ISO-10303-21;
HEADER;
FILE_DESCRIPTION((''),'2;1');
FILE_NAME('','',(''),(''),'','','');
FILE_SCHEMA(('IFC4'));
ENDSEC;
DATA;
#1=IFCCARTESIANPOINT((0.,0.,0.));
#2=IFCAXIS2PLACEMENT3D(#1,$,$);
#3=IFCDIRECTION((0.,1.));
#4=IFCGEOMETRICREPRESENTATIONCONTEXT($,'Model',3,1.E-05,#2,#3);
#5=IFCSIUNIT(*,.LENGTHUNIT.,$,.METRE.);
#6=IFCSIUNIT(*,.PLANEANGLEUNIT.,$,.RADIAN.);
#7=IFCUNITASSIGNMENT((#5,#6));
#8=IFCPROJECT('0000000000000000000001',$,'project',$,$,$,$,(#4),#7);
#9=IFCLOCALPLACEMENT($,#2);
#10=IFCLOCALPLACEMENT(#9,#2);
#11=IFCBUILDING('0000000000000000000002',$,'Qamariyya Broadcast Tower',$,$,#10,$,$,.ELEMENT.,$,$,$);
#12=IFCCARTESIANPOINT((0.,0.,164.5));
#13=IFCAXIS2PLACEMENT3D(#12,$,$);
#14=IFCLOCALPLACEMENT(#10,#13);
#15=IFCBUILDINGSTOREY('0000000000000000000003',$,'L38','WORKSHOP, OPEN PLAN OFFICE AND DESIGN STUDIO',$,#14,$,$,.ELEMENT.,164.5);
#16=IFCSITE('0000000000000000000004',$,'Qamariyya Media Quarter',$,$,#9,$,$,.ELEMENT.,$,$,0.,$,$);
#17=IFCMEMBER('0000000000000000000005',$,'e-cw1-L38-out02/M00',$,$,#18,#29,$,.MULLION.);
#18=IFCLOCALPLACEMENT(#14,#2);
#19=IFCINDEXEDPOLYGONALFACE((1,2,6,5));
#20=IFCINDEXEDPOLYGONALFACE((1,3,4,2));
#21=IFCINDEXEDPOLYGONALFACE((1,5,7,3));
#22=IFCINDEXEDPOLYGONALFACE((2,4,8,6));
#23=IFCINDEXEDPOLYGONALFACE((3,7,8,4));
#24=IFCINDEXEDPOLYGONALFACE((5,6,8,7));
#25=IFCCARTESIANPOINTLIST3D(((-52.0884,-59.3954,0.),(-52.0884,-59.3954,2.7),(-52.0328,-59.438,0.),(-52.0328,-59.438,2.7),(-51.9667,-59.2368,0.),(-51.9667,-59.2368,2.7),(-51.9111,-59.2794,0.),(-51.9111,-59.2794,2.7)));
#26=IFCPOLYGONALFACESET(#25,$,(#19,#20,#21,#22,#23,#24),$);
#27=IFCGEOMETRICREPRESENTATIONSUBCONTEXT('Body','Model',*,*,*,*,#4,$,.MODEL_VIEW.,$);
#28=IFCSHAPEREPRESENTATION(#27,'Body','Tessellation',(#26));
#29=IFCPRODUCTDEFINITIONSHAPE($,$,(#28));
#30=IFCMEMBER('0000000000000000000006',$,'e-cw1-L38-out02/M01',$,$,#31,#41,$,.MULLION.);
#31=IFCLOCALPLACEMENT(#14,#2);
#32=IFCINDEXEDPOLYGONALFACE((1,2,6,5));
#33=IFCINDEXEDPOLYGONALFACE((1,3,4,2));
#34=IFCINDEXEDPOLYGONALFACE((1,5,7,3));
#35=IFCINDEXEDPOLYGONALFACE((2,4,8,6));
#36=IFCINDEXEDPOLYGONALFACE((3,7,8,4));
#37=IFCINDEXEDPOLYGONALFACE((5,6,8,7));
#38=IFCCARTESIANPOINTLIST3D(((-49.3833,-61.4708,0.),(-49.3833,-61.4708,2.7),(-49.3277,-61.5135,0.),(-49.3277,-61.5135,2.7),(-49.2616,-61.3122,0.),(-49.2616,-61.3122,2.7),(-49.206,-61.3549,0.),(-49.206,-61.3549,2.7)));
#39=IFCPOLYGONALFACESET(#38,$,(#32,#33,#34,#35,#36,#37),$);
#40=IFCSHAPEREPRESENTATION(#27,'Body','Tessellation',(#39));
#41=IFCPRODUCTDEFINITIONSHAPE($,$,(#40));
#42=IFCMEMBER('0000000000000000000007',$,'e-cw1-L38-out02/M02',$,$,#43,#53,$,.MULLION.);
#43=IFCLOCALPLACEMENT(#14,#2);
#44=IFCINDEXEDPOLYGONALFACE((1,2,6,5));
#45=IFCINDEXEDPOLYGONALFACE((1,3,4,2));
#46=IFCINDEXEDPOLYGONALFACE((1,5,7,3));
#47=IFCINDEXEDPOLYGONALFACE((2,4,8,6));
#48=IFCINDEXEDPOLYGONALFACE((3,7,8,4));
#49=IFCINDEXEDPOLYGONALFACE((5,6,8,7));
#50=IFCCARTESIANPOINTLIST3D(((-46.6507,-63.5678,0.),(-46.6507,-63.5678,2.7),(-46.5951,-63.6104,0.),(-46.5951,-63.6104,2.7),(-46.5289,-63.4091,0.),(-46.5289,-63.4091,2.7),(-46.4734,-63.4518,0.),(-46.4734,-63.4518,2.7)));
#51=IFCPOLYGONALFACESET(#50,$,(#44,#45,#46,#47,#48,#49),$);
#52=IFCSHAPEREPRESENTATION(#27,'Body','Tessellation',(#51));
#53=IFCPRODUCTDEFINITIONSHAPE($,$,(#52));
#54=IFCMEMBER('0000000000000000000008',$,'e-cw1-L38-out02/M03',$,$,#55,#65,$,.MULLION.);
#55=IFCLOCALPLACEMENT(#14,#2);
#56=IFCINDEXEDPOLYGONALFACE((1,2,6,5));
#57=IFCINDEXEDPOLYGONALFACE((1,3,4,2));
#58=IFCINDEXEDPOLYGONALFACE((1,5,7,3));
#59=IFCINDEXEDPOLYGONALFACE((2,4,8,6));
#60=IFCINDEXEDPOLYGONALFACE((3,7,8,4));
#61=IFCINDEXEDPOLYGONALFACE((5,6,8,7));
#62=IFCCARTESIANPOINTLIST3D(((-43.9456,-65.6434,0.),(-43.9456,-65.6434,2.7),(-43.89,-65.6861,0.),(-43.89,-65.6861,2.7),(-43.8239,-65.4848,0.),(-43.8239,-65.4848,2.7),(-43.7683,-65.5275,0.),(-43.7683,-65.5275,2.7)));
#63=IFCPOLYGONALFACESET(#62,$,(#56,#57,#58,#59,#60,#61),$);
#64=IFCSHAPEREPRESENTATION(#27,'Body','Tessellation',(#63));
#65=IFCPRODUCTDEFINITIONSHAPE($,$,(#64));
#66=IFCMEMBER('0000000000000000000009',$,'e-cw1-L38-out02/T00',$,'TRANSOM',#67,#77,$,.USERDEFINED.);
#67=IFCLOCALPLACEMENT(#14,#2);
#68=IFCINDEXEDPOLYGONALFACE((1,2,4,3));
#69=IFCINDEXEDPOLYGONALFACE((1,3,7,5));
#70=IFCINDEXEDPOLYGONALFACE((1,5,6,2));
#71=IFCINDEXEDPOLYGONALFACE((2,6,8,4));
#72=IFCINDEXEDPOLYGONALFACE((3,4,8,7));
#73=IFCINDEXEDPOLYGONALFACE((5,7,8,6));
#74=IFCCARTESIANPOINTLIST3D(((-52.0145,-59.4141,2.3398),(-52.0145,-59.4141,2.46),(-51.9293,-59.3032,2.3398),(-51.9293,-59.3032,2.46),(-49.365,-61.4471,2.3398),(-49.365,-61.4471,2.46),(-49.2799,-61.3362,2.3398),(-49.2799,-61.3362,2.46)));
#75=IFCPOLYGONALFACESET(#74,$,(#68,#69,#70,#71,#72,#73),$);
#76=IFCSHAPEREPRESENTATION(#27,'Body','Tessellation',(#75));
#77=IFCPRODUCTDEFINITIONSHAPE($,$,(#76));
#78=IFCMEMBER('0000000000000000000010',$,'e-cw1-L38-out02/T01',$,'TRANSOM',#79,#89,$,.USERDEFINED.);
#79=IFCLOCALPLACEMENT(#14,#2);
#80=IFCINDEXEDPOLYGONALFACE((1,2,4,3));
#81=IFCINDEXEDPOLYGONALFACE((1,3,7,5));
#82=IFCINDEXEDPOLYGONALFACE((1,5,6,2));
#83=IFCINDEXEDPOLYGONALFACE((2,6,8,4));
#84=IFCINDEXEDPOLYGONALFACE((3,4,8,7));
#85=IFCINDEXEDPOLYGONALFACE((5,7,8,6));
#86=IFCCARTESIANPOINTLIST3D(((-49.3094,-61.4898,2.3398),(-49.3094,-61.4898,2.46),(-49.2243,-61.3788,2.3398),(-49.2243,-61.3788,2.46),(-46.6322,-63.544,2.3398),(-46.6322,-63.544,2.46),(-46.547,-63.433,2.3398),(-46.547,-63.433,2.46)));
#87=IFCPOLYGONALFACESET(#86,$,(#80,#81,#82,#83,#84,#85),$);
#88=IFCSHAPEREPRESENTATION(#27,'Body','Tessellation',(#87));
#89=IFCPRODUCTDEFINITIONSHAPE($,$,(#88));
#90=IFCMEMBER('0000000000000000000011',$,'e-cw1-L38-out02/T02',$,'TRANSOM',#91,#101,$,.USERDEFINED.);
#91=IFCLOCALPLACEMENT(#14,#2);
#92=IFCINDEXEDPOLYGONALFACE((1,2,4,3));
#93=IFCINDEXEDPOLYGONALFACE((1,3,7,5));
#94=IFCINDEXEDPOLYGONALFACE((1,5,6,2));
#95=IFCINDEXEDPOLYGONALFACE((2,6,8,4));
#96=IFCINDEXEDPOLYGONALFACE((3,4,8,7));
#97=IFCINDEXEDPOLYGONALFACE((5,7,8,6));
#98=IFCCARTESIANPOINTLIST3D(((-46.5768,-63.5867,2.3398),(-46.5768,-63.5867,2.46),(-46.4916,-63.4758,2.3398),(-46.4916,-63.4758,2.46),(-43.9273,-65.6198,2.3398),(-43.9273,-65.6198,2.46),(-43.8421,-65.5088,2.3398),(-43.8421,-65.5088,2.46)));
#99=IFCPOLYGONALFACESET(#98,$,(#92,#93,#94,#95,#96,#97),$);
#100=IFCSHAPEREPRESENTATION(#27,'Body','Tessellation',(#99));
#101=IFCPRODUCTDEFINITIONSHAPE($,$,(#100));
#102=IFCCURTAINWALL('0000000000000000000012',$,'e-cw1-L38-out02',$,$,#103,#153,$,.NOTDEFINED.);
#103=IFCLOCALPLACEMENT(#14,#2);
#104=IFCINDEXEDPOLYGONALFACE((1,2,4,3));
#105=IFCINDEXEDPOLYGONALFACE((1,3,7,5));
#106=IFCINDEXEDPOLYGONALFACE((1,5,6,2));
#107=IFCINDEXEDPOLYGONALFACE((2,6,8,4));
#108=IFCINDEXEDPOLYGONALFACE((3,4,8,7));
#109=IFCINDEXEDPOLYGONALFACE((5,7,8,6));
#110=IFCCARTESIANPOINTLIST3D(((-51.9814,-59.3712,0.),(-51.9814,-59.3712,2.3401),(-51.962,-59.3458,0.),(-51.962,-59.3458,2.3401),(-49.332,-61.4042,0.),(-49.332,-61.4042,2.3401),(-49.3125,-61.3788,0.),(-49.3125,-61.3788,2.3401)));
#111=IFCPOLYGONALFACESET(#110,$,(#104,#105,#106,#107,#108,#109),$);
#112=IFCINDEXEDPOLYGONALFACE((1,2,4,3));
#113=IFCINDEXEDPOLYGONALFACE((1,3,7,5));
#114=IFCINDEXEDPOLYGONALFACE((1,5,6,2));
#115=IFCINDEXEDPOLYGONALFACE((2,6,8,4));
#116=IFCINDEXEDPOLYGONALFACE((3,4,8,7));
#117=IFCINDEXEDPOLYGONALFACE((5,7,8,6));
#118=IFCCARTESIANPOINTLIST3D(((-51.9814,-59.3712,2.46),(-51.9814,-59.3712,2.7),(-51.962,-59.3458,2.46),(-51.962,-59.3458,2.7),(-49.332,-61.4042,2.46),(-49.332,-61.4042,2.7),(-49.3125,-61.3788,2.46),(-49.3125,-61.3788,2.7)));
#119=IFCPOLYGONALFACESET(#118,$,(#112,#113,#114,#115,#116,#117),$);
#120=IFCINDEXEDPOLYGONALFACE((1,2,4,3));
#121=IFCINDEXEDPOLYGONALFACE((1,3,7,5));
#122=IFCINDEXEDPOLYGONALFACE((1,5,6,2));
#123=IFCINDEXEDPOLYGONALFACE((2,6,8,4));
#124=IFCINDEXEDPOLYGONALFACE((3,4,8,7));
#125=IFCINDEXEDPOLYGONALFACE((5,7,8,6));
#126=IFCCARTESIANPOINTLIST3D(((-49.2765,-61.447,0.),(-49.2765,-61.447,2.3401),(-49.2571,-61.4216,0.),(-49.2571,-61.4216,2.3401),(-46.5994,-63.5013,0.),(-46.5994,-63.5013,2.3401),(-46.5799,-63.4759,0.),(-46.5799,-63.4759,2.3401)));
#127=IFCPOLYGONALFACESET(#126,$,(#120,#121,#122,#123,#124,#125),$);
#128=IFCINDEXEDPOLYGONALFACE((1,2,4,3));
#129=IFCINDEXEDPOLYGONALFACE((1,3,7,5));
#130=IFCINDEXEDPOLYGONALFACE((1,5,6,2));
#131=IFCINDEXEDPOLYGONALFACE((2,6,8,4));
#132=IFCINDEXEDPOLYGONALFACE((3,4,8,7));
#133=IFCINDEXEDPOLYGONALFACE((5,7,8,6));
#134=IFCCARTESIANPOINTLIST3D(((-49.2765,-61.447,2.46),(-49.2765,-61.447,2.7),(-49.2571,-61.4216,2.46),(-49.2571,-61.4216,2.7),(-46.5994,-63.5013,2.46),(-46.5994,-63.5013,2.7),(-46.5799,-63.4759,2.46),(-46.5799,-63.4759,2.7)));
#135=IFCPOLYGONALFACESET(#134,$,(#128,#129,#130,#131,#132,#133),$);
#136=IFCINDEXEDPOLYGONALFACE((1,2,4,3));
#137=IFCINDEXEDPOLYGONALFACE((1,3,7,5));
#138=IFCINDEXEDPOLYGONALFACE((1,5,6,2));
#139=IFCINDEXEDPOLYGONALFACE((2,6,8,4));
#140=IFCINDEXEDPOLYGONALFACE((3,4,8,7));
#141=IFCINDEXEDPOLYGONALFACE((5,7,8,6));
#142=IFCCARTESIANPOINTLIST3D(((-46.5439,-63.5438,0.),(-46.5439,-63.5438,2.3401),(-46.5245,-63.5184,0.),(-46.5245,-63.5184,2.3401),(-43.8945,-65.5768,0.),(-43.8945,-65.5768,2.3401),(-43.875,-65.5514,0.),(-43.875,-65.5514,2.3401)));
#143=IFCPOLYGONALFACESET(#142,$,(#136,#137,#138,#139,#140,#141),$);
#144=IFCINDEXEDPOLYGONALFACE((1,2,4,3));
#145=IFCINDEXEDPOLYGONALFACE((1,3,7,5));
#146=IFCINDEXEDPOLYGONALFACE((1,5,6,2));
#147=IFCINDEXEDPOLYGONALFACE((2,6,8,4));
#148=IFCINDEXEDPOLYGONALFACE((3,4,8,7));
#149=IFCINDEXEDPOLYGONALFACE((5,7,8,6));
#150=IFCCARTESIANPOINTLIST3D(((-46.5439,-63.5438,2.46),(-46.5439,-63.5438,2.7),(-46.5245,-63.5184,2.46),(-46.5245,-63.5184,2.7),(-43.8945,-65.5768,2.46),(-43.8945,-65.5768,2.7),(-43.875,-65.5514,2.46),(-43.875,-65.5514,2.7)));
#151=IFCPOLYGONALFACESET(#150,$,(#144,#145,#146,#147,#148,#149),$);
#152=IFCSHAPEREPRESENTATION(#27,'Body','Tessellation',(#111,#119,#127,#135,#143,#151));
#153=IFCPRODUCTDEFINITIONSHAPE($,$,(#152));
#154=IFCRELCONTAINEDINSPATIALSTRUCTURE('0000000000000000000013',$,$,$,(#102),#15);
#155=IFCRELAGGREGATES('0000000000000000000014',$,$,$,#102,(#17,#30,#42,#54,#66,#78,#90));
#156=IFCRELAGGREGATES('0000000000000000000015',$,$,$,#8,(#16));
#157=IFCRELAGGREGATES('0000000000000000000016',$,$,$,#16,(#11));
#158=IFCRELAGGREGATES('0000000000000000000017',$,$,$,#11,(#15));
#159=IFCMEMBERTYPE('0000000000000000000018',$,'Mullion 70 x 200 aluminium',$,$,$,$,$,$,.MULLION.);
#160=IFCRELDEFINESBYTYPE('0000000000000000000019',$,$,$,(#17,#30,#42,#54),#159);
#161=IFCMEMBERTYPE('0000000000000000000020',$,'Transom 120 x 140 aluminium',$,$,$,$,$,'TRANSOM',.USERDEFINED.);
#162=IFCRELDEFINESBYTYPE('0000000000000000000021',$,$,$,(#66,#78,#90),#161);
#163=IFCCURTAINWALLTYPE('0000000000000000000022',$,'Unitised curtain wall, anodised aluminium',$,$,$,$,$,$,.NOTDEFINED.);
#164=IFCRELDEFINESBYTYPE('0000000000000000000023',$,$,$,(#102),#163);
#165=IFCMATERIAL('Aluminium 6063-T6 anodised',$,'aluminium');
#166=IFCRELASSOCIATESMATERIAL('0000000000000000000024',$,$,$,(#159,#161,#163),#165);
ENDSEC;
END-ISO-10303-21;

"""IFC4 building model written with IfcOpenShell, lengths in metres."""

from ifc_helpers import new_model, si_unit, direction, frame, origin, origin_2d, place, context, subcontext, project, spatial, rectangle, extrude, material, material_profile, profile_set, type_object, element, aggregate, save


model = new_model("IFC4")

# Units and contexts
model_context = context("Model", 3, precision=1e-05, world=origin(), true_north=direction((0.0, 1.0)))
body_context = subcontext(model_context, "Body", "Model", "MODEL_VIEW")
ifc_project = project(units=[si_unit("LENGTHUNIT", "METRE"), si_unit("PLANEANGLEUNIT", "RADIAN")], contexts=[model_context])

# Members
ifc_material = material(Name="Aluminium 6063-T6 anodised", Category="aluminium")
ifc_material_profile_1 = material_profile(ifc_material, rectangle(XDim=0.2, YDim=0.0701, at=origin_2d()))
ifc_profile_set_1 = profile_set([ifc_material_profile_1], Name="Aluminium 6063-T6 anodised")
member_type_1 = type_object("IfcMemberType", Name="Mullion 70 x 200 aluminium", PredefinedType="MULLION", material=ifc_profile_set_1)
site_placement = place(None, origin())
building_placement = place(site_placement, origin())
storey_placement = place(building_placement, frame((0.0, 0.0, 164.5)))
member_1_placement = place(storey_placement, frame((-51.9998, -59.3374, 0.0), z_axis=(0.0, 0.0, 1.0), x_axis=(0.608761, 0.793353, 0.0)))
member_1 = element("IfcMember", 1, at=member_1_placement, type_object=member_type_1, Name="e-cw1-L38-out02/M00", PredefinedType="MULLION", context=body_context, shape_type="SweptSolid", body=[
    extrude(rectangle(XDim=0.2, YDim=0.0701, at=origin_2d()), origin(), (0.0, 0.0, 1.0), 2.7),
])
member_2_placement = place(storey_placement, frame((-49.2947, -61.4128, 0.0), z_axis=(0.0, 0.0, 1.0), x_axis=(0.608761, 0.793353, 0.0)))
member_2 = element("IfcMember", 2, at=member_2_placement, type_object=member_type_1, Name="e-cw1-L38-out02/M01", PredefinedType="MULLION", context=body_context, shape_type="SweptSolid", body=[
    extrude(rectangle(XDim=0.2, YDim=0.0701, at=origin_2d()), origin(), (0.0, 0.0, 1.0), 2.7),
])
member_3_placement = place(storey_placement, frame((-46.562, -63.5098, 0.0), z_axis=(0.0, 0.0, 1.0), x_axis=(0.608761, 0.793353, 0.0)))
member_3 = element("IfcMember", 3, at=member_3_placement, type_object=member_type_1, Name="e-cw1-L38-out02/M02", PredefinedType="MULLION", context=body_context, shape_type="SweptSolid", body=[
    extrude(rectangle(XDim=0.2, YDim=0.0701, at=origin_2d()), origin(), (0.0, 0.0, 1.0), 2.7),
])
member_4_placement = place(storey_placement, frame((-43.8569, -65.5854, 0.0), z_axis=(0.0, 0.0, 1.0), x_axis=(0.608761, 0.793353, 0.0)))
member_4 = element("IfcMember", 4, at=member_4_placement, type_object=member_type_1, Name="e-cw1-L38-out02/M03", PredefinedType="MULLION", context=body_context, shape_type="SweptSolid", body=[
    extrude(rectangle(XDim=0.2, YDim=0.0701, at=origin_2d()), origin(), (0.0, 0.0, 1.0), 2.7),
])
ifc_material_profile_2 = material_profile(ifc_material, rectangle(XDim=0.1399, YDim=0.1201, at=origin_2d()))
ifc_profile_set_2 = profile_set([ifc_material_profile_2], Name="Aluminium 6063-T6 anodised")
member_type_2 = type_object("IfcMemberType", Name="Transom 120 x 140 aluminium", ElementType="TRANSOM", PredefinedType="USERDEFINED", material=ifc_profile_set_2)
member_5_placement = place(storey_placement, frame((-51.9719, -59.3586, 2.3999), z_axis=(0.793354, -0.60876, 0.0), x_axis=(0.60876, 0.793354, 0.0)))
member_5 = element("IfcMember", 5, at=member_5_placement, type_object=member_type_2, Name="e-cw1-L38-out02/T00", ObjectType="TRANSOM", PredefinedType="USERDEFINED", context=body_context, shape_type="SweptSolid", body=[
    extrude(rectangle(XDim=0.1399, YDim=0.1201, at=origin_2d()), origin(), (0.0, 0.0, 1.0), 3.3396),
])
member_6_placement = place(storey_placement, frame((-49.2668, -61.4343, 2.3999), z_axis=(0.793371, -0.608738, 0.0), x_axis=(0.608738, 0.793371, 0.0)))
member_6 = element("IfcMember", 6, at=member_6_placement, type_object=member_type_2, Name="e-cw1-L38-out02/T01", ObjectType="TRANSOM", PredefinedType="USERDEFINED", context=body_context, shape_type="SweptSolid", body=[
    extrude(rectangle(XDim=0.1399, YDim=0.1201, at=origin_2d()), origin(), (0.0, 0.0, 1.0), 3.3745),
])
member_7_placement = place(storey_placement, frame((-46.5342, -63.5312, 2.3999), z_axis=(0.793354, -0.60876, 0.0), x_axis=(0.60876, 0.793354, 0.0)))
member_7 = element("IfcMember", 7, at=member_7_placement, type_object=member_type_2, Name="e-cw1-L38-out02/T02", ObjectType="TRANSOM", PredefinedType="USERDEFINED", context=body_context, shape_type="SweptSolid", body=[
    extrude(rectangle(XDim=0.1399, YDim=0.1201, at=origin_2d()), origin(), (0.0, 0.0, 1.0), 3.3396),
])

# Site, building, storey
site = spatial("IfcSite", under=ifc_project, at=site_placement, Name="Qamariyya Media Quarter", CompositionType="ELEMENT", RefElevation=0.0)
building = spatial("IfcBuilding", under=site, at=building_placement, Name="Qamariyya Broadcast Tower", CompositionType="ELEMENT")
storey = spatial("IfcBuildingStorey", under=building, at=storey_placement, Name="L38", Description="WORKSHOP, OPEN PLAN OFFICE AND DESIGN STUDIO", CompositionType="ELEMENT", Elevation=164.5)

# Curtain wall
curtain_wall_type = type_object("IfcCurtainWallType", Name="Unitised curtain wall, anodised aluminium", PredefinedType="NOTDEFINED", material=ifc_material)
curtain_wall_1_placement = place(storey_placement, origin())
curtain_wall_1 = element("IfcCurtainWall", 8, at=curtain_wall_1_placement, inside=storey, type_object=curtain_wall_type, Name="e-cw1-L38-out02", PredefinedType="NOTDEFINED", context=body_context, shape_type="SweptSolid", body=[
    extrude(rectangle(XDim=3.3396, YDim=0.032, at=origin_2d()), frame((-50.647, -60.375, 0.0), x_axis=(0.793352, -0.608764, 0.0)), (0.0, 0.0, 1.0), 2.3401),
    extrude(rectangle(XDim=3.3396, YDim=0.032, at=origin_2d()), frame((-50.647, -60.375, 2.46), x_axis=(0.793352, -0.608764, 0.0)), (0.0, 0.0, 1.0), 0.24),
    extrude(rectangle(XDim=3.3745, YDim=0.032, at=origin_2d()), frame((-47.9282, -62.4614, 0.0), x_axis=(0.793352, -0.608764, 0.0)), (0.0, 0.0, 1.0), 2.3401),
    extrude(rectangle(XDim=3.3745, YDim=0.032, at=origin_2d()), frame((-47.9282, -62.4614, 2.46), x_axis=(0.793352, -0.608764, 0.0)), (0.0, 0.0, 1.0), 0.24),
    extrude(rectangle(XDim=3.3396, YDim=0.032, at=origin_2d()), frame((-45.2095, -64.5476, 0.0), x_axis=(0.793352, -0.608764, 0.0)), (0.0, 0.0, 1.0), 2.3401),
    extrude(rectangle(XDim=3.3396, YDim=0.032, at=origin_2d()), frame((-45.2095, -64.5476, 2.46), x_axis=(0.793352, -0.608764, 0.0)), (0.0, 0.0, 1.0), 0.24),
])
aggregate(curtain_wall_1, [member_1, member_2, member_3, member_4, member_5, member_6, member_7])

save(model, "model.ifc")
